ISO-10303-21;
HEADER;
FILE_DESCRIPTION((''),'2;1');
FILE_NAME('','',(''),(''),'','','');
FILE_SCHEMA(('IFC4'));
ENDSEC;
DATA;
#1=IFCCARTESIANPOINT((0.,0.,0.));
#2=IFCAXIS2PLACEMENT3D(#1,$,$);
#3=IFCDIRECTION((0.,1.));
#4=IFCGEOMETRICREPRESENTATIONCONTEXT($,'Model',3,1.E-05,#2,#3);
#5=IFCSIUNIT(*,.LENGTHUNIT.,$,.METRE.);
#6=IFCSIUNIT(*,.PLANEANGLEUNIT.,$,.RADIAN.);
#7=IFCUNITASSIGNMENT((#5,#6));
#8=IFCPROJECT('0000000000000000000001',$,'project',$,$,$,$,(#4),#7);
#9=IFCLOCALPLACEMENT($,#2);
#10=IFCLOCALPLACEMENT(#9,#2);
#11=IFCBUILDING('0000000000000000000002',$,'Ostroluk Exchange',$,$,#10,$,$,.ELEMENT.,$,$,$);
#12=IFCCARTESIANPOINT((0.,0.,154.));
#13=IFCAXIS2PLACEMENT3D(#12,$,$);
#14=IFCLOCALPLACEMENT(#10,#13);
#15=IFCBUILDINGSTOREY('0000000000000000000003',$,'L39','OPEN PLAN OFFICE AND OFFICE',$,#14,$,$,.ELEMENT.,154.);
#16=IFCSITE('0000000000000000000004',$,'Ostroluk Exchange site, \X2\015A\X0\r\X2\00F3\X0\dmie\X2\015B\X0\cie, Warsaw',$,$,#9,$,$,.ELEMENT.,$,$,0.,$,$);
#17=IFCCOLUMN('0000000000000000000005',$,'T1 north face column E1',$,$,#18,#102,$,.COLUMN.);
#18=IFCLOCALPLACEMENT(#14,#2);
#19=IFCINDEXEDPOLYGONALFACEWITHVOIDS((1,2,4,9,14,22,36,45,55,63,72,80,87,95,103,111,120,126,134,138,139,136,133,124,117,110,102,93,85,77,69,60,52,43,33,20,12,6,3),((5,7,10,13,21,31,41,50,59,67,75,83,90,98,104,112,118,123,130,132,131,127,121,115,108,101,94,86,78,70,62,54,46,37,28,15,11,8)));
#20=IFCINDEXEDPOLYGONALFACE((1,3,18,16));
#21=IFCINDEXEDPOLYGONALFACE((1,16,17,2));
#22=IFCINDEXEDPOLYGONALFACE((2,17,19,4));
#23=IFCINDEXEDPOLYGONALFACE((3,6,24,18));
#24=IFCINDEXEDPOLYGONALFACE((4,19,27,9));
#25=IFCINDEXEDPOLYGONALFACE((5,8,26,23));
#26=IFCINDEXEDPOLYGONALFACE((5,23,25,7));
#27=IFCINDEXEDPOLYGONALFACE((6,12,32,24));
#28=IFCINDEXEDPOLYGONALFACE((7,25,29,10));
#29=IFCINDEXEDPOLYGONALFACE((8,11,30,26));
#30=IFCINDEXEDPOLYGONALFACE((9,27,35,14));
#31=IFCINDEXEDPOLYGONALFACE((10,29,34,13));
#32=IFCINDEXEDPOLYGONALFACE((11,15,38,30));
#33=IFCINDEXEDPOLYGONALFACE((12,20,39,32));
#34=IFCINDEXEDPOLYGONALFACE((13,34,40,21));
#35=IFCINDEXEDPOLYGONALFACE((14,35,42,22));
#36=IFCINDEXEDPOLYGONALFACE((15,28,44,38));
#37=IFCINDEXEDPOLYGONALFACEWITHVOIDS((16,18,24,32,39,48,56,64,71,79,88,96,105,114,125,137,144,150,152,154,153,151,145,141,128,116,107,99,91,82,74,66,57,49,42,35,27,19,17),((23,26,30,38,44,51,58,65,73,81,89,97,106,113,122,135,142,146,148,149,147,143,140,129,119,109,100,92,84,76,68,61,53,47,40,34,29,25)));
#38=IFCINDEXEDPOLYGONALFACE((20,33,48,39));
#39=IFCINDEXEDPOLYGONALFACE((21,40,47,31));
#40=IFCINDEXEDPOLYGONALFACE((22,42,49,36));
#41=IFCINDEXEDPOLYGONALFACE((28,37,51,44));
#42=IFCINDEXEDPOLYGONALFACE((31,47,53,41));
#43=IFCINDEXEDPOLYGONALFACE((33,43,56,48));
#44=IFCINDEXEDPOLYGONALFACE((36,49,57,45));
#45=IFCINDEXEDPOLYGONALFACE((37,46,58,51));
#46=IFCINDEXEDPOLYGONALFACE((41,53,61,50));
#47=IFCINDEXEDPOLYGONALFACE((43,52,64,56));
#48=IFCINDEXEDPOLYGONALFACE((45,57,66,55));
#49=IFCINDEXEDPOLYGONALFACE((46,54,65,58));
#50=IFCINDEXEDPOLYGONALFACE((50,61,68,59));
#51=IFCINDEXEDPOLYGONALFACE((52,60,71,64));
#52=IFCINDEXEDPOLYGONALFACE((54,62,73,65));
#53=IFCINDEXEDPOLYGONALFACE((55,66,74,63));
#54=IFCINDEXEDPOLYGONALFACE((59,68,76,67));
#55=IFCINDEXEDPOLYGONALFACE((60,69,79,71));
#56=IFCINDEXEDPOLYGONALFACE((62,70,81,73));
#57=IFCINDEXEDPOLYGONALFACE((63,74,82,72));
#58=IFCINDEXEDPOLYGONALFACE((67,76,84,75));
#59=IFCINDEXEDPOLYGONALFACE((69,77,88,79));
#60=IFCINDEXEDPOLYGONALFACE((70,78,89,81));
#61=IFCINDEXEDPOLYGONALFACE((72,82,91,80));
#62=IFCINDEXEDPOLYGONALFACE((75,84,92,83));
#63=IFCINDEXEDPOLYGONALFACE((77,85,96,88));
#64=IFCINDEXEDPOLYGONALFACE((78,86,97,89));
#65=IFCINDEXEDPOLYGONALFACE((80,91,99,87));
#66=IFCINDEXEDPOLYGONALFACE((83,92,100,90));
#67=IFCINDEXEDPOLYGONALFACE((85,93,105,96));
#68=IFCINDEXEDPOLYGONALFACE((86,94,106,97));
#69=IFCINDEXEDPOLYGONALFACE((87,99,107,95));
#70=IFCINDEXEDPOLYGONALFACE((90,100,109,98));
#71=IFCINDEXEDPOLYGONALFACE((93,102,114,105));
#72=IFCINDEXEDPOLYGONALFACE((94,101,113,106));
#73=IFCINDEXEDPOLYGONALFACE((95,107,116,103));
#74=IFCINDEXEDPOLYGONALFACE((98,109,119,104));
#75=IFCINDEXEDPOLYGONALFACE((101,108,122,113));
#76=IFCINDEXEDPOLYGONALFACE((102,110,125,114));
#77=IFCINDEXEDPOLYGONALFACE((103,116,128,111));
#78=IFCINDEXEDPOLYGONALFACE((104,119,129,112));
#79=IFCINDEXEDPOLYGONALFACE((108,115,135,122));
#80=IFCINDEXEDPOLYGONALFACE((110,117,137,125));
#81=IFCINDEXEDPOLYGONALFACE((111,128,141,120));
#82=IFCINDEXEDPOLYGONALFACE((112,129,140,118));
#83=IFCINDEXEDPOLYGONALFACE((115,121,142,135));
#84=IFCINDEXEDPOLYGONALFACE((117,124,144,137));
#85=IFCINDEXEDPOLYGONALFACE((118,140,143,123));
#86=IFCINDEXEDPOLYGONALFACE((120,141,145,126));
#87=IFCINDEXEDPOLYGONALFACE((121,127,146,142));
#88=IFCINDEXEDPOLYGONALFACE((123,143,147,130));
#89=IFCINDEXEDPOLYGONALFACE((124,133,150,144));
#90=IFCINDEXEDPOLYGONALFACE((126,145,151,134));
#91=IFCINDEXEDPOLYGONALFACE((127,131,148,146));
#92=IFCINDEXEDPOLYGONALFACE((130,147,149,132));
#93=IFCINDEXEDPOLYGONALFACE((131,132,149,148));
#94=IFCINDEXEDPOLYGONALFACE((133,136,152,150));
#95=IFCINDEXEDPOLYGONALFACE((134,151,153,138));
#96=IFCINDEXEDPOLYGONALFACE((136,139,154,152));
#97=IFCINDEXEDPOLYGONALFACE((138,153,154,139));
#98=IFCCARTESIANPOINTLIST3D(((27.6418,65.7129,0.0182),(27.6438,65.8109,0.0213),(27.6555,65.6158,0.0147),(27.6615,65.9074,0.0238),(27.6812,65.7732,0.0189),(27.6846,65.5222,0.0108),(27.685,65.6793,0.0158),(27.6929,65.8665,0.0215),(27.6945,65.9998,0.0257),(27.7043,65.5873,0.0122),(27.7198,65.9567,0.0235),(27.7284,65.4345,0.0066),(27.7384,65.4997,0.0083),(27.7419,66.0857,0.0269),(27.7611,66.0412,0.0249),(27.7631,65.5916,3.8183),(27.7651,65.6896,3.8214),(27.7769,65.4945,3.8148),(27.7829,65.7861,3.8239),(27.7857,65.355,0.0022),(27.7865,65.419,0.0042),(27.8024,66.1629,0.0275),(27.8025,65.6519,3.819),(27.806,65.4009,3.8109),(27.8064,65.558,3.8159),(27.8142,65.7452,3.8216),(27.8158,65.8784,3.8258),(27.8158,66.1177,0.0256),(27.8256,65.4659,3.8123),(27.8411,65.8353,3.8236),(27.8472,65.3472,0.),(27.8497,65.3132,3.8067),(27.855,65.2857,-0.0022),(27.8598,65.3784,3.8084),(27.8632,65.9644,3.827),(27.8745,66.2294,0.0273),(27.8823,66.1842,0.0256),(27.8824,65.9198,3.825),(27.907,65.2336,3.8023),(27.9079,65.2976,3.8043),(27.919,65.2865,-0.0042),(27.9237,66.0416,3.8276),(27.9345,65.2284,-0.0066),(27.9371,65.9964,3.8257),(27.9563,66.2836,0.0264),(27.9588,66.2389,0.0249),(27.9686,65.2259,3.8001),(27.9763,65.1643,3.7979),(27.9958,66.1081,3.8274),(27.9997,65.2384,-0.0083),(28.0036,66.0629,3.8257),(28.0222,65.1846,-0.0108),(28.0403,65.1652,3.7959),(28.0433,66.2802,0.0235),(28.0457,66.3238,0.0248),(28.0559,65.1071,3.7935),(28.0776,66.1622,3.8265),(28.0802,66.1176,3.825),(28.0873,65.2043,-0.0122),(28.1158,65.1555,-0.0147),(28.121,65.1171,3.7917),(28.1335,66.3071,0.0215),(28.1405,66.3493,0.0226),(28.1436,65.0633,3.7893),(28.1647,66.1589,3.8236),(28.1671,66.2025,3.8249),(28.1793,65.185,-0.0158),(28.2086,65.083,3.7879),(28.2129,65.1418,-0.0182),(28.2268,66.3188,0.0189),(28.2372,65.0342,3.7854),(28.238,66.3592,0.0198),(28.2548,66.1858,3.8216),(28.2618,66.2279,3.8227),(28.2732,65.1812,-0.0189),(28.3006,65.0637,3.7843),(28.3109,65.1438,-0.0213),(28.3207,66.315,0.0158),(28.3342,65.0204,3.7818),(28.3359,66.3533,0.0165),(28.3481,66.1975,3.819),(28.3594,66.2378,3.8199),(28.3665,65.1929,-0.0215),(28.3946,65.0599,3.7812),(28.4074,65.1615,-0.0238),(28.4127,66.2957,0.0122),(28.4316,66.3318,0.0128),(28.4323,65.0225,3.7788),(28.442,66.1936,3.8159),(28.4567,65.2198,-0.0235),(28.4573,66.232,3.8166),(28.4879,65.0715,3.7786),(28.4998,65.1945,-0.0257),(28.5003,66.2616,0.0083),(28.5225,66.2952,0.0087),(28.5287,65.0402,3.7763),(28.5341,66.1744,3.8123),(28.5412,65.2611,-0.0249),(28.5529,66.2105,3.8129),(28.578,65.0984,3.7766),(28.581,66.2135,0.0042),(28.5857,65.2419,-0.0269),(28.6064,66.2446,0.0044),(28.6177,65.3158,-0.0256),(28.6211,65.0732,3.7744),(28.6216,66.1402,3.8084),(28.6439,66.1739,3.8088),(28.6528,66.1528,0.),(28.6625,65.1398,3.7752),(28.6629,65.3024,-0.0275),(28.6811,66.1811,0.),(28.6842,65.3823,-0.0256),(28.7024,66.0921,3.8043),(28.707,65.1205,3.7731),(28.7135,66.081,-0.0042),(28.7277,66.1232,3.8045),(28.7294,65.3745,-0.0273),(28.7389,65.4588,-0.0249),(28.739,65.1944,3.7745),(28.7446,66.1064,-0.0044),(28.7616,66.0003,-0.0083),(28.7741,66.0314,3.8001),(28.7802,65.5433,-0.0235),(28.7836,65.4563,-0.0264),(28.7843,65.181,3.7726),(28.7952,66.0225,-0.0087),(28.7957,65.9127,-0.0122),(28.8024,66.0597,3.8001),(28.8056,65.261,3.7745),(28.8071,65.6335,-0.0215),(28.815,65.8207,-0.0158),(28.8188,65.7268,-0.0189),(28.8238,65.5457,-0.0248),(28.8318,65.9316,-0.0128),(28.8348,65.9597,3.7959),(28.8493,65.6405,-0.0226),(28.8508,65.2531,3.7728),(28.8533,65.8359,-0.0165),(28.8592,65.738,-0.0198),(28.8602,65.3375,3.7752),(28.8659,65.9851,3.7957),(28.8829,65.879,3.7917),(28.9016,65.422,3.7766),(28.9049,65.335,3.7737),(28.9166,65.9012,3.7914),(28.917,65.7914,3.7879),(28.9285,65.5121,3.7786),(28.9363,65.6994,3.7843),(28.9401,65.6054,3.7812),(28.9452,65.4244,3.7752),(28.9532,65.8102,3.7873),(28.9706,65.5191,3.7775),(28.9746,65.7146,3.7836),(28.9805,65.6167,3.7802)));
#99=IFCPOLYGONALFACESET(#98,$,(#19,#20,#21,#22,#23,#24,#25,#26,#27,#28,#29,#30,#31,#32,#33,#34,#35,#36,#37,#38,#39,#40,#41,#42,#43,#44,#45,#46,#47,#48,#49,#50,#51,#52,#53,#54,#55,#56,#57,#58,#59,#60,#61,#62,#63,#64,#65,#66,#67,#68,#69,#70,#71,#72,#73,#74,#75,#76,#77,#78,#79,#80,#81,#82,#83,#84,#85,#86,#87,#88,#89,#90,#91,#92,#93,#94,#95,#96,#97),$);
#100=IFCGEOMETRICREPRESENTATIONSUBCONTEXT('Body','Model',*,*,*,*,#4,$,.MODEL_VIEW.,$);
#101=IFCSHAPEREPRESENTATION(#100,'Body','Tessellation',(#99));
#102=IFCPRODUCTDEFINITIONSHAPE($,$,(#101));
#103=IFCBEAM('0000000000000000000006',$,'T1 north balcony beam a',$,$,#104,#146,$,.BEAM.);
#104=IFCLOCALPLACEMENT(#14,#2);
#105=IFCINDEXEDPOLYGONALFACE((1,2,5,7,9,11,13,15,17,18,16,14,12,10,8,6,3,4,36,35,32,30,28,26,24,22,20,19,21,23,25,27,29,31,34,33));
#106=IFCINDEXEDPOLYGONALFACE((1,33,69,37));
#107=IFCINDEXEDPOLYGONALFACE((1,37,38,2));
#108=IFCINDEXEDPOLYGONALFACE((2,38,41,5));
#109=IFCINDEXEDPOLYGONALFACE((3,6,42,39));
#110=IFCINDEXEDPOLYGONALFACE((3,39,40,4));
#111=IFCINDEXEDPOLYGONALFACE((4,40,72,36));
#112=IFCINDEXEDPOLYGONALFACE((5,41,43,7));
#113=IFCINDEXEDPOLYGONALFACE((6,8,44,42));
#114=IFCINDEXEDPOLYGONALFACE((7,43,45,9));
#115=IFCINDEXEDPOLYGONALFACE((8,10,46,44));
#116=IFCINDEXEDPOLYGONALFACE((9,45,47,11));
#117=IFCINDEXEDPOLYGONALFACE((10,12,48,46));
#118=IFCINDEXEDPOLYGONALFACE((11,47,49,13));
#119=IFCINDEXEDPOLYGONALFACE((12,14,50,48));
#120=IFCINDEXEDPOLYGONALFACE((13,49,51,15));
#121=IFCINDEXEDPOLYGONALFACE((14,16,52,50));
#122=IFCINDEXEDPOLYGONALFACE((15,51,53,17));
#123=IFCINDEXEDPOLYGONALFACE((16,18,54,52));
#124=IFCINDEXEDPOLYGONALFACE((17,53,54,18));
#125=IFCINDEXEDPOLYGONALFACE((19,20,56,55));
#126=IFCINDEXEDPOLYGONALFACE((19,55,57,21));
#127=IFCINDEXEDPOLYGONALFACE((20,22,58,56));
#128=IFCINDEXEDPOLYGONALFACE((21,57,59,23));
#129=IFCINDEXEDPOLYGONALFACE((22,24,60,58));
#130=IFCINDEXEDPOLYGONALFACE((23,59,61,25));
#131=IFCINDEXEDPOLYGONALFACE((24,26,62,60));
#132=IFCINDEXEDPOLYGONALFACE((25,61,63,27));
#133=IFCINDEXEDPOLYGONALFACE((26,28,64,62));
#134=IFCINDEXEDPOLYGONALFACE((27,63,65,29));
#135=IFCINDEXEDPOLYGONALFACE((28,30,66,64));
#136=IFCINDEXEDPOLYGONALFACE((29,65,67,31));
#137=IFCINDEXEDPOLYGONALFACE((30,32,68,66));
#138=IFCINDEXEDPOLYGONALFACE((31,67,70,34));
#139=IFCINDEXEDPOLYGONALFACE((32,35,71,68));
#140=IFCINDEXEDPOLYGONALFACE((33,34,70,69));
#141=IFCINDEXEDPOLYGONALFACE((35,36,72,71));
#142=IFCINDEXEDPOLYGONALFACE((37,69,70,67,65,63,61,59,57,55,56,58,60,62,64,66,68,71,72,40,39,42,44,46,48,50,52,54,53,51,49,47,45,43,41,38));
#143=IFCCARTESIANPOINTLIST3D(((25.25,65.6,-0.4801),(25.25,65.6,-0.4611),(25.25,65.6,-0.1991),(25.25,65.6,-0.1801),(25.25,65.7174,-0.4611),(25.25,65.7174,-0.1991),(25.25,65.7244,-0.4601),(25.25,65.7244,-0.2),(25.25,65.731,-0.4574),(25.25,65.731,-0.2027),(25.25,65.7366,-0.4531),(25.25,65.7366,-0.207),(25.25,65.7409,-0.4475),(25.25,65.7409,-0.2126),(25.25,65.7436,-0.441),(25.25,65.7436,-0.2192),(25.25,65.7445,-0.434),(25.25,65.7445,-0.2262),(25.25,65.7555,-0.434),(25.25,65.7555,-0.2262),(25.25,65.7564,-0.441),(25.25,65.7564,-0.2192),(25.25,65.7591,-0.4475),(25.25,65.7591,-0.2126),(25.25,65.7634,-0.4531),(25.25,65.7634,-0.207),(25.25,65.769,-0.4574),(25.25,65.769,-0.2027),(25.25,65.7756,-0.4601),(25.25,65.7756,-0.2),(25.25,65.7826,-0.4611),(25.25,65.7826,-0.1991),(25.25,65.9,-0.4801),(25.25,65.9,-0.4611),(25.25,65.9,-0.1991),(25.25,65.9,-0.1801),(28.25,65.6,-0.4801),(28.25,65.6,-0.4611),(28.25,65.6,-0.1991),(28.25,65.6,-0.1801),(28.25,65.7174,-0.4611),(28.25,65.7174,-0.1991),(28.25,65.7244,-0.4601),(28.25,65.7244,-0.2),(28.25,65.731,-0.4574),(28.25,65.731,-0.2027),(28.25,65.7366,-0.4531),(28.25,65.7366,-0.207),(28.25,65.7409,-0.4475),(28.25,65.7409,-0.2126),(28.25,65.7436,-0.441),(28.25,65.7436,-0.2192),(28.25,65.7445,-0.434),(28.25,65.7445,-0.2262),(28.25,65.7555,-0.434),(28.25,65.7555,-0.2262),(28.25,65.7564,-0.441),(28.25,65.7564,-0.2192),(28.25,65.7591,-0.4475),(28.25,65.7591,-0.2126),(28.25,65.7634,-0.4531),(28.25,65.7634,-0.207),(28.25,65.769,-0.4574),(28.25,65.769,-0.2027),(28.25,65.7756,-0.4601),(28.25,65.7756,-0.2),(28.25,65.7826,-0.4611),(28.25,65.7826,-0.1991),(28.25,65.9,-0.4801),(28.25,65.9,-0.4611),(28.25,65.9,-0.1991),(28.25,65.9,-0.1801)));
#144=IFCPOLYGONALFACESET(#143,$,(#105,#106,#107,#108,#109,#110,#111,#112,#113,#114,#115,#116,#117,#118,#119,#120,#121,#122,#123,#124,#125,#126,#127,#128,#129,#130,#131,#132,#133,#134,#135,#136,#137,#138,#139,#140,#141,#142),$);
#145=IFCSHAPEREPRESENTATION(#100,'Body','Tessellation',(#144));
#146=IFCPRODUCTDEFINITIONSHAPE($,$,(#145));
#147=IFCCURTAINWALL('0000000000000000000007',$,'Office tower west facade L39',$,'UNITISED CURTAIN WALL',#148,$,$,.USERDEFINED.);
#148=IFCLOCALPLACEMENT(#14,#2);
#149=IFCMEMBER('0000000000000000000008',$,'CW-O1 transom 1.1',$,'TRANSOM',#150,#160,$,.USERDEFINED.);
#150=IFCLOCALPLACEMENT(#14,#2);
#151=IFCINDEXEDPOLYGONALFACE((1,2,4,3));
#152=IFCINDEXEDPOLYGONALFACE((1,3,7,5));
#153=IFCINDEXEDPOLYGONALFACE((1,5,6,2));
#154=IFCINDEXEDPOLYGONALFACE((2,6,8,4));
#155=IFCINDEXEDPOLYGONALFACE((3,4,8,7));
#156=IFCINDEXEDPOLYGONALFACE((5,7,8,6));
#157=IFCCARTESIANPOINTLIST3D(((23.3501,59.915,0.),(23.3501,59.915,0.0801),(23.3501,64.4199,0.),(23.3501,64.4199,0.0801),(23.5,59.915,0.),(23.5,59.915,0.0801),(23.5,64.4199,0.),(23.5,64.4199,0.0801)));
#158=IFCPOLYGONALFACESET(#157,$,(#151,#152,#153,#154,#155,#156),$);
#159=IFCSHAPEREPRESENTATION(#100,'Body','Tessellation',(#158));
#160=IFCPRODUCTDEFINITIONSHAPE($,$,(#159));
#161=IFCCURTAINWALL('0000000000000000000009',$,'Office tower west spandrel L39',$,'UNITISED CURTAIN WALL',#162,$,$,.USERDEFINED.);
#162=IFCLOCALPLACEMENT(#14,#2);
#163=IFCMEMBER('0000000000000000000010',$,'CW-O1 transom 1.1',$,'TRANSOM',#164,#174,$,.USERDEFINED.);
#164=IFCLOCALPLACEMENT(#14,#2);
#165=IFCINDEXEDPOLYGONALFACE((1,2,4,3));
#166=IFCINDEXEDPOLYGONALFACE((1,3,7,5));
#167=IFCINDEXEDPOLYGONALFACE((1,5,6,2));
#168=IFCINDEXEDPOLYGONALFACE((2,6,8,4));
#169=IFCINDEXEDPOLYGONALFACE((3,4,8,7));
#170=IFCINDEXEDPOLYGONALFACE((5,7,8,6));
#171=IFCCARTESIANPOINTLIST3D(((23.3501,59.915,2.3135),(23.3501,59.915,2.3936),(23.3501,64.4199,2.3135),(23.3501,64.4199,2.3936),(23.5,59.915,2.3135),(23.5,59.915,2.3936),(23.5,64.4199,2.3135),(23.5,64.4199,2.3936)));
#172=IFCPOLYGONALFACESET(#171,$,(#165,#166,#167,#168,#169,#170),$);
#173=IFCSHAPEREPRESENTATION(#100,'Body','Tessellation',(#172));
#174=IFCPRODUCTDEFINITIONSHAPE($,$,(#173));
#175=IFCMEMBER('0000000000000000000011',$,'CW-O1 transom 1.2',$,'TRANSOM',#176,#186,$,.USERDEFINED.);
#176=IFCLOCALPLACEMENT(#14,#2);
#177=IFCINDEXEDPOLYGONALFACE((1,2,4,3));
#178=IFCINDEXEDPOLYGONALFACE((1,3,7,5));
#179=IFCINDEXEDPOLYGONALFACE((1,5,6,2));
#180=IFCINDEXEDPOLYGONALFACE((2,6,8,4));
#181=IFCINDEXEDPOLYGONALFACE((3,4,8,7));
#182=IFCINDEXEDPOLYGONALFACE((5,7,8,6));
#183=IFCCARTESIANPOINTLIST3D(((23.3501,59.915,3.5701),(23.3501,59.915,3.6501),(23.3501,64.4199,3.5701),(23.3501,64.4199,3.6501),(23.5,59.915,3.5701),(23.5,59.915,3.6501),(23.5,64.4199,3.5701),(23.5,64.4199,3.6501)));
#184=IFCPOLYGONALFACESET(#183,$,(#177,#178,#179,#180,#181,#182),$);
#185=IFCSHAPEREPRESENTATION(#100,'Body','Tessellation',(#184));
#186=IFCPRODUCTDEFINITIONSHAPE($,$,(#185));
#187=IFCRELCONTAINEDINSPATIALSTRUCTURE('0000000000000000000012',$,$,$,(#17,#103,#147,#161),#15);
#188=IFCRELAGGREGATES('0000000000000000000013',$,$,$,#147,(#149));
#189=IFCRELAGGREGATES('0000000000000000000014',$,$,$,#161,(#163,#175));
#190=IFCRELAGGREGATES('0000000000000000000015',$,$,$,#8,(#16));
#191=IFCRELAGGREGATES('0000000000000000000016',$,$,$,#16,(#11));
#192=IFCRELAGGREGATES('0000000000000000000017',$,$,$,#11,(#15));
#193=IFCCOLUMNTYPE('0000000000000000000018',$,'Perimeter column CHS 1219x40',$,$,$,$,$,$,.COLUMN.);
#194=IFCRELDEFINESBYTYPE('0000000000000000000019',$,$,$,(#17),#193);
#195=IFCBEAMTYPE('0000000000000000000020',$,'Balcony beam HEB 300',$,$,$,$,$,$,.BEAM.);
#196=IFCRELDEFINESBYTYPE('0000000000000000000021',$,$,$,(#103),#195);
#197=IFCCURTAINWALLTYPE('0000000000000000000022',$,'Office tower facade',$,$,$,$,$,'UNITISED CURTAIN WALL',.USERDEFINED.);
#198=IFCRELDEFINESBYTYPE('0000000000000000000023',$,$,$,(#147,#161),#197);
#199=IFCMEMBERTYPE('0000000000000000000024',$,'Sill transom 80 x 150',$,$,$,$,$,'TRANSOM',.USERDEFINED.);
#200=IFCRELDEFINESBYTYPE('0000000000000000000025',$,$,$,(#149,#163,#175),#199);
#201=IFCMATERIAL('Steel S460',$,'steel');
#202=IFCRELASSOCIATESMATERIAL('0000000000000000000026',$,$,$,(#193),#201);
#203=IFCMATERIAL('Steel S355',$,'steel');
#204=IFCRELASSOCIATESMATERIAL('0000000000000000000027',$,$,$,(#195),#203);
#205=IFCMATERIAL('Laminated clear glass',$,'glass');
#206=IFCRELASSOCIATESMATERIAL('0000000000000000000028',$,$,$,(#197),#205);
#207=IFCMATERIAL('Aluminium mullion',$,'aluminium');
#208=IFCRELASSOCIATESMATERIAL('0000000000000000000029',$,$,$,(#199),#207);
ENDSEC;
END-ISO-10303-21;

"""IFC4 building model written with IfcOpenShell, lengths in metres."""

from ifc_helpers import new_model, si_unit, direction, frame, origin, origin_2d, place, context, subcontext, project, spatial, rectangle, hollow_circle, i_section, extrude, material, material_profile, profile_set, type_object, element, aggregate, save


model = new_model("IFC4")

# Units and contexts
model_context = context("Model", 3, precision=1e-05, world=origin(), true_north=direction((0.0, 1.0)))
body_context = subcontext(model_context, "Body", "Model", "MODEL_VIEW")
ifc_project = project(units=[si_unit("LENGTHUNIT", "METRE"), si_unit("PLANEANGLEUNIT", "RADIAN")], contexts=[model_context])

# Site, building, storey
site_placement = place(None, origin())
site = spatial("IfcSite", under=ifc_project, at=site_placement, Name="Ostroluk Exchange site, Śródmieście, Warsaw", CompositionType="ELEMENT", RefElevation=0.0)
building_placement = place(site_placement, origin())
building = spatial("IfcBuilding", under=site, at=building_placement, Name="Ostroluk Exchange", CompositionType="ELEMENT")
storey_placement = place(building_placement, frame((0.0, 0.0, 154.0)))
storey = spatial("IfcBuildingStorey", under=building, at=storey_placement, Name="L39", Description="OPEN PLAN OFFICE AND OFFICE", CompositionType="ELEMENT", Elevation=154.0)

# Column
ifc_material_1 = material(Name="Steel S460", Category="steel")
ifc_material_profile_1 = material_profile(ifc_material_1, hollow_circle(Radius=0.6096, WallThickness=0.04, at=origin_2d()), Name="CHS 1219x40")
ifc_profile_set_1 = profile_set([ifc_material_profile_1], Name="Steel S460")
column_type = type_object("IfcColumnType", Name="Perimeter column CHS 1219x40", PredefinedType="COLUMN", material=ifc_profile_set_1)
column_placement = place(storey_placement, frame((28.25, 65.75, 0.0), z_axis=(0.031898, -0.031898, 0.998982), x_axis=(0.707107, 0.707107, 0.0)))
element("IfcColumn", 1, at=column_placement, inside=storey, type_object=column_type, Name="T1 north face column E1", PredefinedType="COLUMN", context=body_context, shape_type="SweptSolid", body=[
    extrude(hollow_circle(Radius=0.6096, WallThickness=0.04, at=origin_2d()), origin(), (0.0, 0.0, 1.0), 3.804),
])

# Beam
ifc_material_2 = material(Name="Steel S355", Category="steel")
ifc_material_profile_2 = material_profile(ifc_material_2, i_section(OverallWidth=0.3, OverallDepth=0.3, WebThickness=0.011, FlangeThickness=0.019, FilletRadius=0.0271, at=origin_2d()), Name="HEB 300")
ifc_profile_set_2 = profile_set([ifc_material_profile_2], Name="Steel S355")
beam_type = type_object("IfcBeamType", Name="Balcony beam HEB 300", PredefinedType="BEAM", material=ifc_profile_set_2)
beam_placement = place(storey_placement, frame((28.25, 65.75, -0.3301), z_axis=(-1.0, 0.0, 0.0), x_axis=(0.0, -1.0, 0.0)))
element("IfcBeam", 2, at=beam_placement, inside=storey, type_object=beam_type, Name="T1 north balcony beam a", PredefinedType="BEAM", context=body_context, shape_type="SweptSolid", body=[
    extrude(i_section(OverallWidth=0.3, OverallDepth=0.3, WebThickness=0.011, FlangeThickness=0.019, FilletRadius=0.0271, at=origin_2d()), origin(), (0.0, 0.0, 1.0), 3.0),
])

# Curtain wall, member
ifc_material_3 = material(Name="Laminated clear glass", Category="glass")
curtain_wall_type = type_object("IfcCurtainWallType", Name="Office tower facade", ElementType="UNITISED CURTAIN WALL", PredefinedType="USERDEFINED", material=ifc_material_3)
curtain_wall_1_placement = place(storey_placement, origin())
curtain_wall_1 = element("IfcCurtainWall", 3, at=curtain_wall_1_placement, inside=storey, type_object=curtain_wall_type, Name="Office tower west facade L39", ObjectType="UNITISED CURTAIN WALL", PredefinedType="USERDEFINED")
ifc_material_4 = material(Name="Aluminium mullion", Category="aluminium")
ifc_material_profile_3 = material_profile(ifc_material_4, rectangle(XDim=0.1499, YDim=0.0801, at=origin_2d()), Name="Sill transom 80 x 150")
ifc_profile_set_3 = profile_set([ifc_material_profile_3], Name="Aluminium mullion")
member_type_1 = type_object("IfcMemberType", Name="Sill transom 80 x 150", ElementType="TRANSOM", PredefinedType="USERDEFINED", material=ifc_profile_set_3)
member_1_placement = place(storey_placement, frame((23.425, 64.4199, 0.04), z_axis=(0.0, -1.0, 0.0), x_axis=(1.0, 0.0, 0.0)))
member_1 = element("IfcMember", 4, at=member_1_placement, type_object=member_type_1, Name="CW-O1 transom 1.1", ObjectType="TRANSOM", PredefinedType="USERDEFINED", context=body_context, shape_type="SweptSolid", body=[
    extrude(rectangle(XDim=0.1499, YDim=0.0801, at=origin_2d()), origin(), (0.0, 0.0, 1.0), 4.5049),
])

# Curtain wall, members
curtain_wall_2_placement = place(storey_placement, origin())
curtain_wall_2 = element("IfcCurtainWall", 5, at=curtain_wall_2_placement, inside=storey, type_object=curtain_wall_type, Name="Office tower west spandrel L39", ObjectType="UNITISED CURTAIN WALL", PredefinedType="USERDEFINED")
member_2_placement = place(storey_placement, frame((23.425, 64.4199, 2.3535), z_axis=(0.0, -1.0, 0.0), x_axis=(1.0, 0.0, 0.0)))
member_2 = element("IfcMember", 6, at=member_2_placement, type_object=member_type_1, Name="CW-O1 transom 1.1", ObjectType="TRANSOM", PredefinedType="USERDEFINED", context=body_context, shape_type="SweptSolid", body=[
    extrude(rectangle(XDim=0.1499, YDim=0.0801, at=origin_2d()), origin(), (0.0, 0.0, 1.0), 4.5049),
])
member_3_placement = place(storey_placement, frame((23.425, 64.4199, 3.6101), z_axis=(0.0, -1.0, 0.0), x_axis=(1.0, 0.0, 0.0)))
member_3 = element("IfcMember", 7, at=member_3_placement, type_object=member_type_1, Name="CW-O1 transom 1.2", ObjectType="TRANSOM", PredefinedType="USERDEFINED", context=body_context, shape_type="SweptSolid", body=[
    extrude(rectangle(XDim=0.1499, YDim=0.0801, at=origin_2d()), origin(), (0.0, 0.0, 1.0), 4.5049),
])

aggregate(curtain_wall_1, [member_1])
aggregate(curtain_wall_2, [member_2, member_3])

save(model, "model.ifc")
